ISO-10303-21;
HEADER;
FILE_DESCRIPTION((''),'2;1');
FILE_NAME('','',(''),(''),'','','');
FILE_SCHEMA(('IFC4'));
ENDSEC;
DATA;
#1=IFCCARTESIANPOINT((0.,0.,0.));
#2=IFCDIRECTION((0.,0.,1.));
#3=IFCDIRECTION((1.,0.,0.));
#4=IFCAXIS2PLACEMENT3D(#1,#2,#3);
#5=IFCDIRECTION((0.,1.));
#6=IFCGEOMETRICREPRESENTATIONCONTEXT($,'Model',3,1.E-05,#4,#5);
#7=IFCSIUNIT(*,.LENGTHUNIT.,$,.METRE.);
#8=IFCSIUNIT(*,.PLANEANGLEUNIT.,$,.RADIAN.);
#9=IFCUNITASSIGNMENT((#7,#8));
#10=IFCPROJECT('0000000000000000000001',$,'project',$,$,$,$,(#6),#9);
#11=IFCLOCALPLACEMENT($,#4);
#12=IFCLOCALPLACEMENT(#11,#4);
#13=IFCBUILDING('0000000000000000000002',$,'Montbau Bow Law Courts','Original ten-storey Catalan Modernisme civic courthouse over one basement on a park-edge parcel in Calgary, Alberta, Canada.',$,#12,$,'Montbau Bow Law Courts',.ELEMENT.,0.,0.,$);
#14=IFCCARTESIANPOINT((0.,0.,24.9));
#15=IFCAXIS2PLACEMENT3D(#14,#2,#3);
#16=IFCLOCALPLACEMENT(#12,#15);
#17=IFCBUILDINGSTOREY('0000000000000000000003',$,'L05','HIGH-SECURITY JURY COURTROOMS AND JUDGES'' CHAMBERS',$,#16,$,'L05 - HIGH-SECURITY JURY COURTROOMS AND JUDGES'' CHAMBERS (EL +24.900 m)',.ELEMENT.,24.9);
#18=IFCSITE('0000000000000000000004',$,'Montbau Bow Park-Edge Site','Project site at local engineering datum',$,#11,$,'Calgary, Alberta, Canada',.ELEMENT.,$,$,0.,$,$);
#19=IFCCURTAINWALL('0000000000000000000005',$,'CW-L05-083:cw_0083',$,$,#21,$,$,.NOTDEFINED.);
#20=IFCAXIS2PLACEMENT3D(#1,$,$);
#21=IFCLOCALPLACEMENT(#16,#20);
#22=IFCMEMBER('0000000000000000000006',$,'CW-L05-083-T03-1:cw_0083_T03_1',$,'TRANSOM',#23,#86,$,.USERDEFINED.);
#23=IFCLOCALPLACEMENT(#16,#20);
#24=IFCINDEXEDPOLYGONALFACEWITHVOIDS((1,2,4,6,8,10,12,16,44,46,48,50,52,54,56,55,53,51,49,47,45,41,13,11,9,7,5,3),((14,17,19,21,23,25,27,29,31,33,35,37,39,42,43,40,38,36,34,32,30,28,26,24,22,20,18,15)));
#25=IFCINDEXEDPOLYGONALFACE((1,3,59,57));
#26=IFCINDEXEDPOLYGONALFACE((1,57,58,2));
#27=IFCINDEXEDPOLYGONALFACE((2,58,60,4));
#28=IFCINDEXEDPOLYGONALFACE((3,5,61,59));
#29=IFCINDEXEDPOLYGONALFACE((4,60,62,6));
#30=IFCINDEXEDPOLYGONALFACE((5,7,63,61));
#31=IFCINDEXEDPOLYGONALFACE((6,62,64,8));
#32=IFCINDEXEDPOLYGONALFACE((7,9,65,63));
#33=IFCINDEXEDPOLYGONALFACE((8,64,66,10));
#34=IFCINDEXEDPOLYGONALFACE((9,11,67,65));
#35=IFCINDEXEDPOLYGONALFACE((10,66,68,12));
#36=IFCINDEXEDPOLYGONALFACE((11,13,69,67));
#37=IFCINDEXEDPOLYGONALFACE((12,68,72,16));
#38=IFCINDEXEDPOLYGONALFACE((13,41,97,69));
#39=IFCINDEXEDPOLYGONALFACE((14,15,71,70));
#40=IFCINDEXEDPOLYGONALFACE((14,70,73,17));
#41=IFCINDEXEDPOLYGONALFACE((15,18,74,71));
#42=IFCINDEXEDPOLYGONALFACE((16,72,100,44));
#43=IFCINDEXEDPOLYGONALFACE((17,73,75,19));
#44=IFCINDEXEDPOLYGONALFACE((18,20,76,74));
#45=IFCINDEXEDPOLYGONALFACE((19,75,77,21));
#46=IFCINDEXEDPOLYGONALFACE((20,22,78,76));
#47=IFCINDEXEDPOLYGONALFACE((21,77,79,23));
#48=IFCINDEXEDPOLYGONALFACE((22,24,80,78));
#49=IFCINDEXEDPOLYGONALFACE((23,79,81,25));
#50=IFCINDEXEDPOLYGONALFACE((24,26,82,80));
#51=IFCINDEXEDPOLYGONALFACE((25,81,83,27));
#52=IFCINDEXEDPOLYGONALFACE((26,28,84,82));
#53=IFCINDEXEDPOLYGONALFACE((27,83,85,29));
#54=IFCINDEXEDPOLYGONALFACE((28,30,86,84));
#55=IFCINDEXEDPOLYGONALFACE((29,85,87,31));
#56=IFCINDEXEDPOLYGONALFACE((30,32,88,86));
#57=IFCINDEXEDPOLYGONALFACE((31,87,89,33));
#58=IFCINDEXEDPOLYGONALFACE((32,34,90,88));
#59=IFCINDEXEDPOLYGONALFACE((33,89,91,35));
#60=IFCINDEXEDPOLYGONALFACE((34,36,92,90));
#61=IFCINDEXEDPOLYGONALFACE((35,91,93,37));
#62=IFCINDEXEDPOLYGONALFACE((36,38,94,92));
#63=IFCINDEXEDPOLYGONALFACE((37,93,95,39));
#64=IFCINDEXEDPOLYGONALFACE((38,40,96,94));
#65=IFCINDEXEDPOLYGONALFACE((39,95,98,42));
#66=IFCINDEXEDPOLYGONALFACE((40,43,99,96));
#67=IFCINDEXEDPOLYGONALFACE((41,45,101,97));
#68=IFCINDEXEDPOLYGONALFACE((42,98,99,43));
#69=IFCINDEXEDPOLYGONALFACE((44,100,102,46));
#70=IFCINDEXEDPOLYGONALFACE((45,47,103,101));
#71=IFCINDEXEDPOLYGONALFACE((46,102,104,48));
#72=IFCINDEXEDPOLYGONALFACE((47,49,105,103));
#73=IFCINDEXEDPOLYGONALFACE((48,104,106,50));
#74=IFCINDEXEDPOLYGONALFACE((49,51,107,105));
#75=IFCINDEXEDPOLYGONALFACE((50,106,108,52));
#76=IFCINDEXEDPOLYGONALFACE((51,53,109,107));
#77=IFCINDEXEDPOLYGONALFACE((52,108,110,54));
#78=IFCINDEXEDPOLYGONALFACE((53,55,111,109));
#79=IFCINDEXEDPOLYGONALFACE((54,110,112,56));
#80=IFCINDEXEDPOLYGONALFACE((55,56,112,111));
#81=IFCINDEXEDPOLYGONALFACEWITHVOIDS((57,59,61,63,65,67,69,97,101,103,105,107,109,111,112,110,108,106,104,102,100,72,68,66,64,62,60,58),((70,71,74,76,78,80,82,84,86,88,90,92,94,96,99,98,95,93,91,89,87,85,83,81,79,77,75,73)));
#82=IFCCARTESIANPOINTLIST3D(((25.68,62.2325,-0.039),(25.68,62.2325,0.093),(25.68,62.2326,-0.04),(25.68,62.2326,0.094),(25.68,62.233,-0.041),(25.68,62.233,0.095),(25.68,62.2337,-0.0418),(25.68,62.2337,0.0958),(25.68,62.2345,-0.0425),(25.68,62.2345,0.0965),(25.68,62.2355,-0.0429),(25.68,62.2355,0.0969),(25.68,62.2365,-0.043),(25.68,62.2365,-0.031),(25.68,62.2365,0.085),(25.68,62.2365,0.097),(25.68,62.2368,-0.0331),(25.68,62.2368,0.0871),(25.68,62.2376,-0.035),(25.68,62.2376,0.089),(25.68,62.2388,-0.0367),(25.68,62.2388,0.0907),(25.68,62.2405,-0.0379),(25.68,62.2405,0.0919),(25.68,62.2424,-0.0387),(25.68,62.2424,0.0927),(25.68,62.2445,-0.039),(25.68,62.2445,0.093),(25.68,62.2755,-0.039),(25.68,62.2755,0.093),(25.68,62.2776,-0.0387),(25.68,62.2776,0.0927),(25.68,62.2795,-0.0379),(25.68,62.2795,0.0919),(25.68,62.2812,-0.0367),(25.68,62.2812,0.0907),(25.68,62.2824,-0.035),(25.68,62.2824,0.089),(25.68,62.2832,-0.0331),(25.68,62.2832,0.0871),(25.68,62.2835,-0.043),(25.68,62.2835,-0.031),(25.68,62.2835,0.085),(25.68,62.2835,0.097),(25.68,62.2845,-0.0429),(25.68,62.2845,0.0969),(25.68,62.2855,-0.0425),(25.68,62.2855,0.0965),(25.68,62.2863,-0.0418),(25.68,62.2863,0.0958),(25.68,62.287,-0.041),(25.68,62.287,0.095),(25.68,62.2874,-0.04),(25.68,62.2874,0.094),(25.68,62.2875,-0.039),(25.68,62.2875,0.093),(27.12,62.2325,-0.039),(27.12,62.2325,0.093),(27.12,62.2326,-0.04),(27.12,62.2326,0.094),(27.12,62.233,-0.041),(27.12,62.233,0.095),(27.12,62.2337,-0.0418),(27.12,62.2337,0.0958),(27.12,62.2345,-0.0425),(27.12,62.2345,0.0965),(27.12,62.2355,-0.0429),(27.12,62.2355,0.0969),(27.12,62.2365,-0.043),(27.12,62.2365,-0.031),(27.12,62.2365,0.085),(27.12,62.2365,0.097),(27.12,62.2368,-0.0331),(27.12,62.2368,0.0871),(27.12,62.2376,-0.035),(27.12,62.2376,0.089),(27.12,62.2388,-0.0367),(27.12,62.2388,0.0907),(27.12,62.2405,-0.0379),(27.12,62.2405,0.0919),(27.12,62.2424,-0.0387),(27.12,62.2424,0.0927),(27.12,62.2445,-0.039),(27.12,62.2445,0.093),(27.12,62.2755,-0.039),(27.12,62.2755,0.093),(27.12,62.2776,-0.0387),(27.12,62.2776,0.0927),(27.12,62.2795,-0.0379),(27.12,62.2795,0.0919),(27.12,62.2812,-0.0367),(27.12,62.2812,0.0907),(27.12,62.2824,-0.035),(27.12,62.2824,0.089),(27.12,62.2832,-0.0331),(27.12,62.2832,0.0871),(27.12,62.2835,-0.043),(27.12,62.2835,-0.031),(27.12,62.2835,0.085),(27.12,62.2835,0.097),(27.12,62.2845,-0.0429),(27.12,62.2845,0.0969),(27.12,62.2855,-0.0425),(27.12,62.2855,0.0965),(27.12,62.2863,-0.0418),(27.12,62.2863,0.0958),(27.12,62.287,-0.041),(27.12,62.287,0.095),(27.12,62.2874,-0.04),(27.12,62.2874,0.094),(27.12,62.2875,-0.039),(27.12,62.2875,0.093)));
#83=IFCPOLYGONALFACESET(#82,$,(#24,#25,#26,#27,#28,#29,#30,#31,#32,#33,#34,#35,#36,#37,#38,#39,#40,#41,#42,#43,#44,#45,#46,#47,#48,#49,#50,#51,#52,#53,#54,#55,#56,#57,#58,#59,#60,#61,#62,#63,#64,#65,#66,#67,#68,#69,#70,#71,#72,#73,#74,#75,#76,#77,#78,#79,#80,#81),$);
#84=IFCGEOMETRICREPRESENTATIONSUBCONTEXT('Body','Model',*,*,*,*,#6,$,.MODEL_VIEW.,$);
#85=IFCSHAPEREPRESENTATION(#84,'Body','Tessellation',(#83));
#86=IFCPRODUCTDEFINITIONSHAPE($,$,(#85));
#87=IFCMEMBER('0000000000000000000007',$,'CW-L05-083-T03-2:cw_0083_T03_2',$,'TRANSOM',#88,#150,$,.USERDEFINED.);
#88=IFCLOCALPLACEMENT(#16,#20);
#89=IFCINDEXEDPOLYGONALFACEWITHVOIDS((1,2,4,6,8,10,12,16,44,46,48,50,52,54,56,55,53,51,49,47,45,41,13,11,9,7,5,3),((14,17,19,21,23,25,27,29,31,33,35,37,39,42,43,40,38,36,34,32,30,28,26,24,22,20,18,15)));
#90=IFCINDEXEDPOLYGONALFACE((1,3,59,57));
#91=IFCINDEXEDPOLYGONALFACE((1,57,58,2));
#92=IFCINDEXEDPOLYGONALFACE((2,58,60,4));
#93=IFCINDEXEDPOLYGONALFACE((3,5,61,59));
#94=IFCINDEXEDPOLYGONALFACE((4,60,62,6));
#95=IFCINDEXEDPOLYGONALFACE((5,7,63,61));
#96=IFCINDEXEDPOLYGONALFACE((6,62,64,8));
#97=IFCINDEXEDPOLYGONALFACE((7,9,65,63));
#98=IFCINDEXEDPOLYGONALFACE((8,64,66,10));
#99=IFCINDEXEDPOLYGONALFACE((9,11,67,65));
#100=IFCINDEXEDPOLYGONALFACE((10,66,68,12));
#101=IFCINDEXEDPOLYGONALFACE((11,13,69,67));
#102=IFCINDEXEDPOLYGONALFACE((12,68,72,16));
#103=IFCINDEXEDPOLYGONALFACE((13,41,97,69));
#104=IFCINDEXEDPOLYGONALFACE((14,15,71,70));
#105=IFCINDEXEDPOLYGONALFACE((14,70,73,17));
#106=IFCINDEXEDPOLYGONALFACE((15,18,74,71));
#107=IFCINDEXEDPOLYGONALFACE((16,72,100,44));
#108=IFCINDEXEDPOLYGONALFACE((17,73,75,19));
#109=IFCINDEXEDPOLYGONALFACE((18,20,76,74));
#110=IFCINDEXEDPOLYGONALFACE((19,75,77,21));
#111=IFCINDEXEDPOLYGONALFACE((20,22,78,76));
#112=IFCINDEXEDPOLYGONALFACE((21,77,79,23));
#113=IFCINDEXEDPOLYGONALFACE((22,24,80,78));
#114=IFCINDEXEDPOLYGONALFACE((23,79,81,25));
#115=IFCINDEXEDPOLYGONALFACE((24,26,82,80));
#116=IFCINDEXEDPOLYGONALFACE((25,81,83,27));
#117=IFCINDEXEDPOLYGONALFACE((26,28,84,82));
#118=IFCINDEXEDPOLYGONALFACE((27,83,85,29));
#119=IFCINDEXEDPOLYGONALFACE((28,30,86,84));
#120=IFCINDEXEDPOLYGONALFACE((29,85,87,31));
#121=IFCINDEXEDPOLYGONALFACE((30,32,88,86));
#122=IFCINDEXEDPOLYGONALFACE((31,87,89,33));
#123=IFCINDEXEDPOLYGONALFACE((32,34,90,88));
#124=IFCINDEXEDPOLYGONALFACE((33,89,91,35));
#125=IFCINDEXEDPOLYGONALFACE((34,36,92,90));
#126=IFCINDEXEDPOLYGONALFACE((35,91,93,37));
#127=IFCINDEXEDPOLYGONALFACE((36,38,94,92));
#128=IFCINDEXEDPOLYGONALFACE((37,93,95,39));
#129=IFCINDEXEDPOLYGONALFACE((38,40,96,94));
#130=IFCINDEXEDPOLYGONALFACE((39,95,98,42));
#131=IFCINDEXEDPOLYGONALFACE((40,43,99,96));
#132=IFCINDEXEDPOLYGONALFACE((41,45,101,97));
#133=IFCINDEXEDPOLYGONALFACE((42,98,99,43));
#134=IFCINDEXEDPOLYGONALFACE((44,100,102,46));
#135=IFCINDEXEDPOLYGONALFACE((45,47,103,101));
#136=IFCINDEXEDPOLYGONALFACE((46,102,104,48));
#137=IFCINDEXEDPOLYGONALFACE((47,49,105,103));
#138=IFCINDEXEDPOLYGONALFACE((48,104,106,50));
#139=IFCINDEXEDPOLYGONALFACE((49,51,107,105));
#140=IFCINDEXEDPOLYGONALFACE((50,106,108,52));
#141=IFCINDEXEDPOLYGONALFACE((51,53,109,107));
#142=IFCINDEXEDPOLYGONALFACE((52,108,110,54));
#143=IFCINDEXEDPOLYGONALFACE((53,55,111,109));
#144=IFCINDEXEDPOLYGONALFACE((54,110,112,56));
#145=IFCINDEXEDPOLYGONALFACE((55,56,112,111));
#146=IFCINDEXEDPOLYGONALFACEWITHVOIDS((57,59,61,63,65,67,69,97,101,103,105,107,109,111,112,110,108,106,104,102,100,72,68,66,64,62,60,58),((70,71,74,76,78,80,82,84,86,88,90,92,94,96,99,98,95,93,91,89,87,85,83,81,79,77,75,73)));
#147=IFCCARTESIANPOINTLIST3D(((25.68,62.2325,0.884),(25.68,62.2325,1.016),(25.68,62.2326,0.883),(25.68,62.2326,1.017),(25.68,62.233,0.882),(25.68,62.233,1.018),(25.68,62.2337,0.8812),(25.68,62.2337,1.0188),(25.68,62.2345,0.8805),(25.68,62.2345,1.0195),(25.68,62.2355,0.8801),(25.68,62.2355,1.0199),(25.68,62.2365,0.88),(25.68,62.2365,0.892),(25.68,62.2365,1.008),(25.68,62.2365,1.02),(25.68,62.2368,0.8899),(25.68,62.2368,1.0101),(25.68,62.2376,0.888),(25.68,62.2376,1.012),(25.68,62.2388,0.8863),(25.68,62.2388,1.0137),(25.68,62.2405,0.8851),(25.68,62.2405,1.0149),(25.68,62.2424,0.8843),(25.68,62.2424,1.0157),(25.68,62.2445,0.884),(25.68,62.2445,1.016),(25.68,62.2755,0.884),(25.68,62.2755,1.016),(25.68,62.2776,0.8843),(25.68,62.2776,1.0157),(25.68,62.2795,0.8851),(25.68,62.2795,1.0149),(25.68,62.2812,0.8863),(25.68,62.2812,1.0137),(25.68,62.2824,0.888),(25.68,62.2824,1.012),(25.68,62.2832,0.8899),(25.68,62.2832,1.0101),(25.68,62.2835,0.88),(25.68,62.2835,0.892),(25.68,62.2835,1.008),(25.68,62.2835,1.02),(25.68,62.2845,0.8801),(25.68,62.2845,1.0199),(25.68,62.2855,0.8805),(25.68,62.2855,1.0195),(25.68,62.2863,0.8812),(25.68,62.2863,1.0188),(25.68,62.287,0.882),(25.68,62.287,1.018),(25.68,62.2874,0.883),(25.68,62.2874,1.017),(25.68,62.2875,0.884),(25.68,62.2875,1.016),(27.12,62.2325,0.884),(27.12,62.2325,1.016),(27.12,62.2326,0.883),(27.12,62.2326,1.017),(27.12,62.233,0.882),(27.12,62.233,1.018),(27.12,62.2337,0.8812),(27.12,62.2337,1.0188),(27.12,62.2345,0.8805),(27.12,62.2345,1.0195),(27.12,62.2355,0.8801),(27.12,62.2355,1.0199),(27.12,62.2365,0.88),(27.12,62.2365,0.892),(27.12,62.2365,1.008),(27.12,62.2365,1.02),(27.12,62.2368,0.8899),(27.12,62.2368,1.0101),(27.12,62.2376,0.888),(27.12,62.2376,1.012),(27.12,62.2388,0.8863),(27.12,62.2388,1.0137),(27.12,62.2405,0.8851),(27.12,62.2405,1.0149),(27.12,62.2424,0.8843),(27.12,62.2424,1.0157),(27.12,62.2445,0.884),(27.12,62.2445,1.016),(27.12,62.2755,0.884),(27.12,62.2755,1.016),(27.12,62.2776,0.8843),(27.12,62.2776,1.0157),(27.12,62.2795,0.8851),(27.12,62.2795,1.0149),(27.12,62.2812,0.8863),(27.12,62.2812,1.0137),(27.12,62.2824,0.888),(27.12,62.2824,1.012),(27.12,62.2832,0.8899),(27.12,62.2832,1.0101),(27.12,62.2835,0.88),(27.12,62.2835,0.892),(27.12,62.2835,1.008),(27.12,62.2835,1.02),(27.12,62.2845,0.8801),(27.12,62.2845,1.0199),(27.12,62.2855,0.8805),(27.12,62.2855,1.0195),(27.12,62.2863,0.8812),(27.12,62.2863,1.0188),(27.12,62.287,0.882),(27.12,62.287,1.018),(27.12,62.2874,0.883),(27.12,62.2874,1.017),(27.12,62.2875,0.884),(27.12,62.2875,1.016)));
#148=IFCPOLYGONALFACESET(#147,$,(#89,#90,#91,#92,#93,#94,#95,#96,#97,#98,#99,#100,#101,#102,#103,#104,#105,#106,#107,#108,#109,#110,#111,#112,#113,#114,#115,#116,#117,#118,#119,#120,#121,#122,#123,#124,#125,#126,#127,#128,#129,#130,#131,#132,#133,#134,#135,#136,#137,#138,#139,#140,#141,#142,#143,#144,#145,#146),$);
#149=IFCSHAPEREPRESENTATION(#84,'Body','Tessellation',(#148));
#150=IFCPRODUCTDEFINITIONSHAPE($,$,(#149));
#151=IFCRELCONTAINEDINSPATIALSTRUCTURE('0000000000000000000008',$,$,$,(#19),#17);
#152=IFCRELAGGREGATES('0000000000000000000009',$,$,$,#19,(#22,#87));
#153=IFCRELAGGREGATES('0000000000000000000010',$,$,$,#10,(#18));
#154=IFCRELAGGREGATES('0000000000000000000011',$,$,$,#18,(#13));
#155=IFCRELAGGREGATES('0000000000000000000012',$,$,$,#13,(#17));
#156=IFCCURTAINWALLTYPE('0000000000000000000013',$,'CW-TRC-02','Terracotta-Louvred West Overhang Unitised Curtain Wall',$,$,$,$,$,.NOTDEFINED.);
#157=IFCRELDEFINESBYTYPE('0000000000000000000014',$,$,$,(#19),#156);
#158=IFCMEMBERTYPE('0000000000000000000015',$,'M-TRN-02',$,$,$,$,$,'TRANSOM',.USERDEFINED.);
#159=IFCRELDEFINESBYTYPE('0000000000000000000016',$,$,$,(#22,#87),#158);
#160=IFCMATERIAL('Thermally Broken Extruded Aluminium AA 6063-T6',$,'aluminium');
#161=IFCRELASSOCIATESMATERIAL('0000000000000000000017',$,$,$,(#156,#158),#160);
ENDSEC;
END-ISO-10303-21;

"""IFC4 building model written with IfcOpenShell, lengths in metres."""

from ifc_helpers import new_model, si_unit, direction, frame, origin_with_axes, origin_2d_with_axis, place, context, subcontext, project, spatial, hollow_rectangle, extrude, material, material_profile, profile_set, type_object, element, aggregate, save


model = new_model("IFC4")

# Units and contexts
model_context = context("Model", 3, precision=1e-05, world=origin_with_axes(), true_north=direction((0.0, 1.0)))
body_context = subcontext(model_context, "Body", "Model", "MODEL_VIEW")
ifc_project = project(units=[si_unit("LENGTHUNIT", "METRE"), si_unit("PLANEANGLEUNIT", "RADIAN")], contexts=[model_context])

# Site, building, storey
site_placement = place(None, origin_with_axes())
site = spatial("IfcSite", under=ifc_project, at=site_placement, Name="Montbau Bow Park-Edge Site", Description="Project site at local engineering datum", LongName="Calgary, Alberta, Canada", CompositionType="ELEMENT", RefElevation=0.0)
building_placement = place(site_placement, origin_with_axes())
building = spatial("IfcBuilding", under=site, at=building_placement, Name="Montbau Bow Law Courts", Description="Original ten-storey Catalan Modernisme civic courthouse over one basement on a park-edge parcel in Calgary, Alberta, Canada.", LongName="Montbau Bow Law Courts", CompositionType="ELEMENT", ElevationOfRefHeight=0.0, ElevationOfTerrain=0.0)
storey_placement = place(building_placement, frame((0.0, 0.0, 24.9), z_axis=(0.0, 0.0, 1.0), x_axis=(1.0, 0.0, 0.0)))
storey = spatial("IfcBuildingStorey", under=building, at=storey_placement, Name="L05", Description="HIGH-SECURITY JURY COURTROOMS AND JUDGES' CHAMBERS", LongName="L05 - HIGH-SECURITY JURY COURTROOMS AND JUDGES' CHAMBERS (EL +24.900 m)", CompositionType="ELEMENT", Elevation=24.9)

# Curtain wall, members
ifc_material_1 = material(Name="Thermally Broken Extruded Aluminium AA 6063-T6", Category="aluminium")
curtain_wall_type = type_object("IfcCurtainWallType", Name="CW-TRC-02", Description="Terracotta-Louvred West Overhang Unitised Curtain Wall", PredefinedType="NOTDEFINED", material=ifc_material_1)
curtain_wall_placement = place(None, frame((22.64, 62.26, 24.9), z_axis=(0.0, 0.0, 1.0), x_axis=(1.0, 0.0, 0.0)))
curtain_wall = element("IfcCurtainWall", 1, at=curtain_wall_placement, inside=storey, type_object=curtain_wall_type, Name="CW-L05-083:cw_0083", PredefinedType="NOTDEFINED")
ifc_material_profile_1 = material_profile(ifc_material_1, hollow_rectangle(XDim=0.055, YDim=0.14, WallThickness=0.004, InnerFilletRadius=0.008, OuterFilletRadius=0.004, at=origin_2d_with_axis()), Name="CWT-140X55", Category="Main", Priority=0)
ifc_profile_set_1 = profile_set([ifc_material_profile_1], Name="Thermally Broken Extruded Aluminium AA 6063-T6")
member_type_1 = type_object("IfcMemberType", Name="M-TRN-02", ElementType="TRANSOM", PredefinedType="USERDEFINED", material=ifc_profile_set_1)
member_1_placement = place(None, frame((25.68, 62.26, 24.927), z_axis=(1.0, 0.0, 0.0), x_axis=(0.0, 1.0, 0.0)))
member_1 = element("IfcMember", 2, at=member_1_placement, type_object=member_type_1, Name="CW-L05-083-T03-1:cw_0083_T03_1", ObjectType="TRANSOM", PredefinedType="USERDEFINED", context=body_context, shape_type="SweptSolid", body=[
    extrude(hollow_rectangle(XDim=0.055, YDim=0.14, WallThickness=0.004, InnerFilletRadius=0.008, OuterFilletRadius=0.004, at=origin_2d_with_axis()), origin_with_axes(), (0.0, 0.0, 1.0), 1.44),
])
member_2_placement = place(None, frame((25.68, 62.26, 25.85), z_axis=(1.0, 0.0, 0.0), x_axis=(0.0, 1.0, 0.0)))
member_2 = element("IfcMember", 3, at=member_2_placement, type_object=member_type_1, Name="CW-L05-083-T03-2:cw_0083_T03_2", ObjectType="TRANSOM", PredefinedType="USERDEFINED", context=body_context, shape_type="SweptSolid", body=[
    extrude(hollow_rectangle(XDim=0.055, YDim=0.14, WallThickness=0.004, InnerFilletRadius=0.008, OuterFilletRadius=0.004, at=origin_2d_with_axis()), origin_with_axes(), (0.0, 0.0, 1.0), 1.44),
])
aggregate(curtain_wall, [member_1, member_2])

save(model, "model.ifc")
